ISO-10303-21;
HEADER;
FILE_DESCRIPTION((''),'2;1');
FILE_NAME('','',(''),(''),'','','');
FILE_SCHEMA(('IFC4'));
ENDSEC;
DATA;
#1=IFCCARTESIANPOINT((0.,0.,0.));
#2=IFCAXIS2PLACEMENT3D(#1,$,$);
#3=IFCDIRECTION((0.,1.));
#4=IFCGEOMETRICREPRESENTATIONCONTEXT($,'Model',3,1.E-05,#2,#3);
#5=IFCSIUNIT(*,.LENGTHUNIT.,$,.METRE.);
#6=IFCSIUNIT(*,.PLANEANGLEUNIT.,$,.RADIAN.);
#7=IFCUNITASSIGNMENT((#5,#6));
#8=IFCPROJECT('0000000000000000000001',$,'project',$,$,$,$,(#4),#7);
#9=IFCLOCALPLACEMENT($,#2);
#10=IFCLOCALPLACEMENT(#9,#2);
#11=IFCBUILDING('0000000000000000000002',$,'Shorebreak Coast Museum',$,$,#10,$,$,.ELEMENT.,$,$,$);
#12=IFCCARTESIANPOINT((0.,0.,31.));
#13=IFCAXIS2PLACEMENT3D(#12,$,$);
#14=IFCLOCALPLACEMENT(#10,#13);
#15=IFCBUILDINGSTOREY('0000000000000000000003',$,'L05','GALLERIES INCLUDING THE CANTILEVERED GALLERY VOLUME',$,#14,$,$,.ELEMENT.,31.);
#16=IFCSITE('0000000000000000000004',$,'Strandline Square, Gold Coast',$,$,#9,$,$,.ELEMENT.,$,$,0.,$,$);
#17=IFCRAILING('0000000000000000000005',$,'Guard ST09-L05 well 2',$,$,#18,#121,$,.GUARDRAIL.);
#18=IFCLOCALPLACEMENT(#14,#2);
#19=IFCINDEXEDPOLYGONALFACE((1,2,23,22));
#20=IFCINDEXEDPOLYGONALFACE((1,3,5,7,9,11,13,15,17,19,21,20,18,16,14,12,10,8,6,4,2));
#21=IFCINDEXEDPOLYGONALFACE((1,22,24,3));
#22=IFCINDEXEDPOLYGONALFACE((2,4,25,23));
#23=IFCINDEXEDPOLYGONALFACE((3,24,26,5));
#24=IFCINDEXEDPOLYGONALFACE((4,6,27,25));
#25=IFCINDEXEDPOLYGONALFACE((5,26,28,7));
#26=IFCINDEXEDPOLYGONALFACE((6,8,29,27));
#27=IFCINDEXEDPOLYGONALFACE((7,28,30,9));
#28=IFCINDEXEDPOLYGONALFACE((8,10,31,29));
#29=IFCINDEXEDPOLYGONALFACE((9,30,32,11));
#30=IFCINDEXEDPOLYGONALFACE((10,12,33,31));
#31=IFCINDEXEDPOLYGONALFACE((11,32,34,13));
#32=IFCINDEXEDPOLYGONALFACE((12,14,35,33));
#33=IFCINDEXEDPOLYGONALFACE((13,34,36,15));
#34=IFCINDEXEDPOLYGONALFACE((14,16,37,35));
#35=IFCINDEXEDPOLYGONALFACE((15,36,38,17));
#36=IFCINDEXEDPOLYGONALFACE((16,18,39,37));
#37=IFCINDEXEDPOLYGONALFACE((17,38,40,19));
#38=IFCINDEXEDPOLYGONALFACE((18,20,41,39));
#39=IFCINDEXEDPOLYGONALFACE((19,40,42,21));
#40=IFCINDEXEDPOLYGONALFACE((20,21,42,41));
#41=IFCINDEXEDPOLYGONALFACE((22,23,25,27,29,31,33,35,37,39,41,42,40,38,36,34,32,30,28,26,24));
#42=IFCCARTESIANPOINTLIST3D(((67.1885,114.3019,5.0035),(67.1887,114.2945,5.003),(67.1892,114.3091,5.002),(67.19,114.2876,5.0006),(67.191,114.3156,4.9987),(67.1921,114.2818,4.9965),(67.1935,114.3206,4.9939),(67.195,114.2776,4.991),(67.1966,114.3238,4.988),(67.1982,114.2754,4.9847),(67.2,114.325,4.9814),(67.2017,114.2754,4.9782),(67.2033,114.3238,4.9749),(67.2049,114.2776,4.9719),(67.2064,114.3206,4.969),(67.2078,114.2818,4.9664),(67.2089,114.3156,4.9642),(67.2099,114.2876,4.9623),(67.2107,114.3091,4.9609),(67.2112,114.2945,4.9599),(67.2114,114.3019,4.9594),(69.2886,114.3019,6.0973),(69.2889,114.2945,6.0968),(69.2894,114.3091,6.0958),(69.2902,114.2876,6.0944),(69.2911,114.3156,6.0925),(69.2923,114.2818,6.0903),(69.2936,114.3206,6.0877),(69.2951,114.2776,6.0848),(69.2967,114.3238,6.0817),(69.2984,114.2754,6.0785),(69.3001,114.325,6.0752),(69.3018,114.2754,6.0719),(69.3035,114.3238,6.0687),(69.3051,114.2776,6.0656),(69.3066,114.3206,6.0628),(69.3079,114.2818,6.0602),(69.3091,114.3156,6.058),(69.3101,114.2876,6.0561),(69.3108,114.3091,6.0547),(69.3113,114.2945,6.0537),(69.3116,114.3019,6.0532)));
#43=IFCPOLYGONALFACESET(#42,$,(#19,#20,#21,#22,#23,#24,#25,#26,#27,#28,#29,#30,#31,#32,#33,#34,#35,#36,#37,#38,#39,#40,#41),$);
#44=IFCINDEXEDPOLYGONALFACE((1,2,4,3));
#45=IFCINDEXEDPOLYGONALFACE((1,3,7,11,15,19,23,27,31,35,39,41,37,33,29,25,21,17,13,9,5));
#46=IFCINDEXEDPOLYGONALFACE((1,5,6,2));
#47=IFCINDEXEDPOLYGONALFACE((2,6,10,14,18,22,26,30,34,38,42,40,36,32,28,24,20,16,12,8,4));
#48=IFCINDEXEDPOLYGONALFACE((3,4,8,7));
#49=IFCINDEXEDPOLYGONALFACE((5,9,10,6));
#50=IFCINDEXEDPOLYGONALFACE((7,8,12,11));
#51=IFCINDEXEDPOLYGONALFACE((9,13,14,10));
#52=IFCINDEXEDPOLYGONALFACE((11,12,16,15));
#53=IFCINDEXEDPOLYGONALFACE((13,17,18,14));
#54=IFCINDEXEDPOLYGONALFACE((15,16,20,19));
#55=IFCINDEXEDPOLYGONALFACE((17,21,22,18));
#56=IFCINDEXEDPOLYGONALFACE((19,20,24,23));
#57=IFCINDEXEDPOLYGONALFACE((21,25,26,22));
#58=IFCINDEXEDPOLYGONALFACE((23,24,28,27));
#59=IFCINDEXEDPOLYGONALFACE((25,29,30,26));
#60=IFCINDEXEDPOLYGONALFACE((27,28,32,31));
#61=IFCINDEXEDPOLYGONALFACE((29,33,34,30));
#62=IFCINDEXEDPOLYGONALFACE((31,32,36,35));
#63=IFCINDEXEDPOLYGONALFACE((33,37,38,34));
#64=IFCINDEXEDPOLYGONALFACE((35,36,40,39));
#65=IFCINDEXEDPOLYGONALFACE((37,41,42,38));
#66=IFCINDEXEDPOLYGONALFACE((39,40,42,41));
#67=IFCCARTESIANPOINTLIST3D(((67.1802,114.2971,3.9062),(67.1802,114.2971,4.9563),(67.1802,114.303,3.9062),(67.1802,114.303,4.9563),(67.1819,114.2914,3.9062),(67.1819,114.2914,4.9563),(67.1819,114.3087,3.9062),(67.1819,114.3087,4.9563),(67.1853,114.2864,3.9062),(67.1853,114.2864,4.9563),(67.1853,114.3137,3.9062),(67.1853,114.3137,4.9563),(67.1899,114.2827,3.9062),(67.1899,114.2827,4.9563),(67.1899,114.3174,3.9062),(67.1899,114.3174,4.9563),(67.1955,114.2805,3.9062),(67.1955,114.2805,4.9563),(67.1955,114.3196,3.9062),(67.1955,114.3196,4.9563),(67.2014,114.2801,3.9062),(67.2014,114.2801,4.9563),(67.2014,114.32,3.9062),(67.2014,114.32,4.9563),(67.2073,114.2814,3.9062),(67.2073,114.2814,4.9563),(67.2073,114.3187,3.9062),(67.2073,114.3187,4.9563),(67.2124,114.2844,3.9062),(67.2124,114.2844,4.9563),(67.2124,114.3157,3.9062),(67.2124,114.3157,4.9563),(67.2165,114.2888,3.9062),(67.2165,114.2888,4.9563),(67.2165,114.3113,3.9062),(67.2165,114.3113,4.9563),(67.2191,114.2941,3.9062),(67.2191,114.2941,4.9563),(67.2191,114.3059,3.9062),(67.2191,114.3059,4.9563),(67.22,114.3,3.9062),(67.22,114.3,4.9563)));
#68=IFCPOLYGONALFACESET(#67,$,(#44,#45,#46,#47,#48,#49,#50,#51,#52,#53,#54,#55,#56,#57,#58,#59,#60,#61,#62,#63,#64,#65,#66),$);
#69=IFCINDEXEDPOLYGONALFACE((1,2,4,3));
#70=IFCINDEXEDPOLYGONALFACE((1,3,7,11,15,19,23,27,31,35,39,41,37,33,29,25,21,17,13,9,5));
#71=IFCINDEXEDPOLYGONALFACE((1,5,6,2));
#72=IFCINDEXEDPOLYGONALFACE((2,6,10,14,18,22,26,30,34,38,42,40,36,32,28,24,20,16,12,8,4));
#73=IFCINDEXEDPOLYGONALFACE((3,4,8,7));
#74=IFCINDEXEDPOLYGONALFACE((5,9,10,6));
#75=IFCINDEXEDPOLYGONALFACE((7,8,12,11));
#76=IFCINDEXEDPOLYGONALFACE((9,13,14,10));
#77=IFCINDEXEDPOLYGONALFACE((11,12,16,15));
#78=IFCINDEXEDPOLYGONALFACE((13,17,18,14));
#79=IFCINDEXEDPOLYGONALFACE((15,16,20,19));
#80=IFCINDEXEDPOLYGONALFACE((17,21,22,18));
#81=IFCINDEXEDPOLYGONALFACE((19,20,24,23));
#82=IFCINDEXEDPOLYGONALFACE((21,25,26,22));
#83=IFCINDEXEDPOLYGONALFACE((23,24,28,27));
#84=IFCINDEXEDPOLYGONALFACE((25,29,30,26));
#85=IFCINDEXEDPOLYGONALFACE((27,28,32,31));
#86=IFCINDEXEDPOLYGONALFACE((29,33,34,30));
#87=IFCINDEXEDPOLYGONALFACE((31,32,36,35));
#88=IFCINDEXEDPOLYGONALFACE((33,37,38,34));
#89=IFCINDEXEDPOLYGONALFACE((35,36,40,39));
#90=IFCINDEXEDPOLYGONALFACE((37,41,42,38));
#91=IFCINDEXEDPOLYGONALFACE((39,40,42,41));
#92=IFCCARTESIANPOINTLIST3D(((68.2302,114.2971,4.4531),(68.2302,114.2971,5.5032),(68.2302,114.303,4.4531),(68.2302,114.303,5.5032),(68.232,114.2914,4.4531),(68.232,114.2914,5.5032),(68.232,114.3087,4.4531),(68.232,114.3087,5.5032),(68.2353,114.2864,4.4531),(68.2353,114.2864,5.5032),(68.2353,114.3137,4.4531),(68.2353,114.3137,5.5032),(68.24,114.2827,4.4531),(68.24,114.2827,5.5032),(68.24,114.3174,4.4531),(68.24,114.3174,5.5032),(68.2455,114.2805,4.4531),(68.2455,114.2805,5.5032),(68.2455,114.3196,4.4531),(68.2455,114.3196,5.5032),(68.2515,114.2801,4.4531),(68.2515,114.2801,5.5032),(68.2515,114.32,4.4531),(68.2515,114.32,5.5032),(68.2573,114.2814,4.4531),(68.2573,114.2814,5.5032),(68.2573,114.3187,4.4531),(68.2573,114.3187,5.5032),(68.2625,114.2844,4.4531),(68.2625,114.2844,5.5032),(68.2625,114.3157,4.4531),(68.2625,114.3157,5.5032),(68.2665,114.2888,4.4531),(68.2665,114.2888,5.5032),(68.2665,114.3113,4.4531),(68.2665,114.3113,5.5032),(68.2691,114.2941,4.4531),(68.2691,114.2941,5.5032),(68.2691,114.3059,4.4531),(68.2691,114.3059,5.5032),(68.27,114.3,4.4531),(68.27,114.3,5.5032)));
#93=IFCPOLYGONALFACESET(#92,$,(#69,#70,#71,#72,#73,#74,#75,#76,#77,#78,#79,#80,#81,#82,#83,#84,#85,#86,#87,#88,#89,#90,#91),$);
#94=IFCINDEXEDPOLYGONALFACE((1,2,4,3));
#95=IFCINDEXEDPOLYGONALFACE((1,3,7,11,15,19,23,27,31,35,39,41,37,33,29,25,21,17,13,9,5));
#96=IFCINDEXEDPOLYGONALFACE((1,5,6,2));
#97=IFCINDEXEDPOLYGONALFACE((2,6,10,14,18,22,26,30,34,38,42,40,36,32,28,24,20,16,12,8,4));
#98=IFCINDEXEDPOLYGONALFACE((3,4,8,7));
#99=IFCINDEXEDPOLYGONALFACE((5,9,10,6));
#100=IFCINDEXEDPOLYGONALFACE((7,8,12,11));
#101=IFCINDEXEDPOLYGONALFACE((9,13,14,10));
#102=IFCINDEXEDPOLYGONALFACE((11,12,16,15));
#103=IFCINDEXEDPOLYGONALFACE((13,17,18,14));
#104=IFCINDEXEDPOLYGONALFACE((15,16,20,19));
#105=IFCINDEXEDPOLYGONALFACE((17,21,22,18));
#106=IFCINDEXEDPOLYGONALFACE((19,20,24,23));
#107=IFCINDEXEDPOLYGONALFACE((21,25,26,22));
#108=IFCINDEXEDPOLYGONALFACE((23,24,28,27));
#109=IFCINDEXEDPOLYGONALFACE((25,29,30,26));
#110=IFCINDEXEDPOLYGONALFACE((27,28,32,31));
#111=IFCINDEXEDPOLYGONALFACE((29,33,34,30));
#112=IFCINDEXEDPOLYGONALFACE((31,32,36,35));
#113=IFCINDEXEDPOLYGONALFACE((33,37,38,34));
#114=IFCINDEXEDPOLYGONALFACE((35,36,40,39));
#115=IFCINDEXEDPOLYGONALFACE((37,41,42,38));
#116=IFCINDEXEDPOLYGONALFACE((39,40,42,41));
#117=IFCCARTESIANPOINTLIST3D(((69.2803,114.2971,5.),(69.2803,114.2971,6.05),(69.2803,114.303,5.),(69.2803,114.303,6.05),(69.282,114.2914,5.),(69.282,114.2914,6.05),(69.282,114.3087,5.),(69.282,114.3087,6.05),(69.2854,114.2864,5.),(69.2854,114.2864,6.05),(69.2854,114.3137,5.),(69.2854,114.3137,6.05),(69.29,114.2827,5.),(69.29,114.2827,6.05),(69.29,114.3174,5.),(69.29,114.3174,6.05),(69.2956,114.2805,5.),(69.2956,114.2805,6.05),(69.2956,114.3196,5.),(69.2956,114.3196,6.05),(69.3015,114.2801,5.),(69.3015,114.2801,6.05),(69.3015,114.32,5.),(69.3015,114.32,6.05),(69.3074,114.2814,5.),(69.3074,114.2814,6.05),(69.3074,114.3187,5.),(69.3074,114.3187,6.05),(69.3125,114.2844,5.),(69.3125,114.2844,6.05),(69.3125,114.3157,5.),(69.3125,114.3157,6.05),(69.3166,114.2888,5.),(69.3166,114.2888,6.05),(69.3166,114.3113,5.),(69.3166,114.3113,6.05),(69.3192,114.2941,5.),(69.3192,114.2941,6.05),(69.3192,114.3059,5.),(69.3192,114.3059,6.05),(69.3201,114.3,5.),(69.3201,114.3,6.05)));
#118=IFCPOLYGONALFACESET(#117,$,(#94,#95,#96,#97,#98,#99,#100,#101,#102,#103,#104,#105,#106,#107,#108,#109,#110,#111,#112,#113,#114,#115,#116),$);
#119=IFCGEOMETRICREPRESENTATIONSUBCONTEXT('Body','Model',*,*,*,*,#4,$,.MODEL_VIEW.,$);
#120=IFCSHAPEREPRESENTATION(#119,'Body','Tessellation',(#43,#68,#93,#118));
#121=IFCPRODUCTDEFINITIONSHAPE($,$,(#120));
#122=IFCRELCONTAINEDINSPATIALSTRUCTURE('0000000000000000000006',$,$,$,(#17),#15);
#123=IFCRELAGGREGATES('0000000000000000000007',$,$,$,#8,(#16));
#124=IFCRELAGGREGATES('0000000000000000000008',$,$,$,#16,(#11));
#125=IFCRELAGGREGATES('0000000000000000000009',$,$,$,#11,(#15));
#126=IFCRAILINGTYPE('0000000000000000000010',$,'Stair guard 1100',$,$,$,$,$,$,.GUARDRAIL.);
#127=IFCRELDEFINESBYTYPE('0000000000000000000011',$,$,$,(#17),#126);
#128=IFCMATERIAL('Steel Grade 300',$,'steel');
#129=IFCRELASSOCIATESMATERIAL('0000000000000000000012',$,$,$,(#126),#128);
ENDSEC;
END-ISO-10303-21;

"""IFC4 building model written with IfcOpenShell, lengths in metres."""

from ifc_helpers import new_model, si_unit, direction, frame, origin, origin_2d, place, context, subcontext, project, spatial, circle, extrude, material, type_object, element, save


model = new_model("IFC4")

# Units and contexts
model_context = context("Model", 3, precision=1e-05, world=origin(), true_north=direction((0.0, 1.0)))
body_context = subcontext(model_context, "Body", "Model", "MODEL_VIEW")
ifc_project = project(units=[si_unit("LENGTHUNIT", "METRE"), si_unit("PLANEANGLEUNIT", "RADIAN")], contexts=[model_context])

# Site, building, storey
site_placement = place(None, origin())
site = spatial("IfcSite", under=ifc_project, at=site_placement, Name="Strandline Square, Gold Coast", CompositionType="ELEMENT", RefElevation=0.0)
building_placement = place(site_placement, origin())
building = spatial("IfcBuilding", under=site, at=building_placement, Name="Shorebreak Coast Museum", CompositionType="ELEMENT")
storey_placement = place(building_placement, frame((0.0, 0.0, 31.0)))
storey = spatial("IfcBuildingStorey", under=building, at=storey_placement, Name="L05", Description="GALLERIES INCLUDING THE CANTILEVERED GALLERY VOLUME", CompositionType="ELEMENT", Elevation=31.0)

# Railing
ifc_material_1 = material(Name="Steel Grade 300", Category="steel")
railing_type_1 = type_object("IfcRailingType", Name="Stair guard 1100", PredefinedType="GUARDRAIL", material=ifc_material_1)
railing_1_placement = place(storey_placement, frame((67.2, 114.3, 3.9062)))
element("IfcRailing", 1, at=railing_1_placement, inside=storey, type_object=railing_type_1, Name="Guard ST09-L05 well 2", PredefinedType="GUARDRAIL", context=body_context, shape_type="SweptSolid", body=[
    extrude(circle(Radius=0.0249, at=origin_2d()), frame((0.0, 0.0, 1.0752), z_axis=(0.886923, 0.0, 0.461918), x_axis=(0.0, 1.0, 0.0)), (0.0, 0.0, 1.0), 2.3679),
    extrude(circle(Radius=0.02, at=origin_2d()), origin(), (0.0, 0.0, 1.0), 1.05),
    extrude(circle(Radius=0.02, at=origin_2d()), frame((1.05, 0.0, 0.5469)), (0.0, 0.0, 1.0), 1.05),
    extrude(circle(Radius=0.02, at=origin_2d()), frame((2.1001, 0.0, 1.0938)), (0.0, 0.0, 1.0), 1.05),
])

save(model, "model.ifc")
